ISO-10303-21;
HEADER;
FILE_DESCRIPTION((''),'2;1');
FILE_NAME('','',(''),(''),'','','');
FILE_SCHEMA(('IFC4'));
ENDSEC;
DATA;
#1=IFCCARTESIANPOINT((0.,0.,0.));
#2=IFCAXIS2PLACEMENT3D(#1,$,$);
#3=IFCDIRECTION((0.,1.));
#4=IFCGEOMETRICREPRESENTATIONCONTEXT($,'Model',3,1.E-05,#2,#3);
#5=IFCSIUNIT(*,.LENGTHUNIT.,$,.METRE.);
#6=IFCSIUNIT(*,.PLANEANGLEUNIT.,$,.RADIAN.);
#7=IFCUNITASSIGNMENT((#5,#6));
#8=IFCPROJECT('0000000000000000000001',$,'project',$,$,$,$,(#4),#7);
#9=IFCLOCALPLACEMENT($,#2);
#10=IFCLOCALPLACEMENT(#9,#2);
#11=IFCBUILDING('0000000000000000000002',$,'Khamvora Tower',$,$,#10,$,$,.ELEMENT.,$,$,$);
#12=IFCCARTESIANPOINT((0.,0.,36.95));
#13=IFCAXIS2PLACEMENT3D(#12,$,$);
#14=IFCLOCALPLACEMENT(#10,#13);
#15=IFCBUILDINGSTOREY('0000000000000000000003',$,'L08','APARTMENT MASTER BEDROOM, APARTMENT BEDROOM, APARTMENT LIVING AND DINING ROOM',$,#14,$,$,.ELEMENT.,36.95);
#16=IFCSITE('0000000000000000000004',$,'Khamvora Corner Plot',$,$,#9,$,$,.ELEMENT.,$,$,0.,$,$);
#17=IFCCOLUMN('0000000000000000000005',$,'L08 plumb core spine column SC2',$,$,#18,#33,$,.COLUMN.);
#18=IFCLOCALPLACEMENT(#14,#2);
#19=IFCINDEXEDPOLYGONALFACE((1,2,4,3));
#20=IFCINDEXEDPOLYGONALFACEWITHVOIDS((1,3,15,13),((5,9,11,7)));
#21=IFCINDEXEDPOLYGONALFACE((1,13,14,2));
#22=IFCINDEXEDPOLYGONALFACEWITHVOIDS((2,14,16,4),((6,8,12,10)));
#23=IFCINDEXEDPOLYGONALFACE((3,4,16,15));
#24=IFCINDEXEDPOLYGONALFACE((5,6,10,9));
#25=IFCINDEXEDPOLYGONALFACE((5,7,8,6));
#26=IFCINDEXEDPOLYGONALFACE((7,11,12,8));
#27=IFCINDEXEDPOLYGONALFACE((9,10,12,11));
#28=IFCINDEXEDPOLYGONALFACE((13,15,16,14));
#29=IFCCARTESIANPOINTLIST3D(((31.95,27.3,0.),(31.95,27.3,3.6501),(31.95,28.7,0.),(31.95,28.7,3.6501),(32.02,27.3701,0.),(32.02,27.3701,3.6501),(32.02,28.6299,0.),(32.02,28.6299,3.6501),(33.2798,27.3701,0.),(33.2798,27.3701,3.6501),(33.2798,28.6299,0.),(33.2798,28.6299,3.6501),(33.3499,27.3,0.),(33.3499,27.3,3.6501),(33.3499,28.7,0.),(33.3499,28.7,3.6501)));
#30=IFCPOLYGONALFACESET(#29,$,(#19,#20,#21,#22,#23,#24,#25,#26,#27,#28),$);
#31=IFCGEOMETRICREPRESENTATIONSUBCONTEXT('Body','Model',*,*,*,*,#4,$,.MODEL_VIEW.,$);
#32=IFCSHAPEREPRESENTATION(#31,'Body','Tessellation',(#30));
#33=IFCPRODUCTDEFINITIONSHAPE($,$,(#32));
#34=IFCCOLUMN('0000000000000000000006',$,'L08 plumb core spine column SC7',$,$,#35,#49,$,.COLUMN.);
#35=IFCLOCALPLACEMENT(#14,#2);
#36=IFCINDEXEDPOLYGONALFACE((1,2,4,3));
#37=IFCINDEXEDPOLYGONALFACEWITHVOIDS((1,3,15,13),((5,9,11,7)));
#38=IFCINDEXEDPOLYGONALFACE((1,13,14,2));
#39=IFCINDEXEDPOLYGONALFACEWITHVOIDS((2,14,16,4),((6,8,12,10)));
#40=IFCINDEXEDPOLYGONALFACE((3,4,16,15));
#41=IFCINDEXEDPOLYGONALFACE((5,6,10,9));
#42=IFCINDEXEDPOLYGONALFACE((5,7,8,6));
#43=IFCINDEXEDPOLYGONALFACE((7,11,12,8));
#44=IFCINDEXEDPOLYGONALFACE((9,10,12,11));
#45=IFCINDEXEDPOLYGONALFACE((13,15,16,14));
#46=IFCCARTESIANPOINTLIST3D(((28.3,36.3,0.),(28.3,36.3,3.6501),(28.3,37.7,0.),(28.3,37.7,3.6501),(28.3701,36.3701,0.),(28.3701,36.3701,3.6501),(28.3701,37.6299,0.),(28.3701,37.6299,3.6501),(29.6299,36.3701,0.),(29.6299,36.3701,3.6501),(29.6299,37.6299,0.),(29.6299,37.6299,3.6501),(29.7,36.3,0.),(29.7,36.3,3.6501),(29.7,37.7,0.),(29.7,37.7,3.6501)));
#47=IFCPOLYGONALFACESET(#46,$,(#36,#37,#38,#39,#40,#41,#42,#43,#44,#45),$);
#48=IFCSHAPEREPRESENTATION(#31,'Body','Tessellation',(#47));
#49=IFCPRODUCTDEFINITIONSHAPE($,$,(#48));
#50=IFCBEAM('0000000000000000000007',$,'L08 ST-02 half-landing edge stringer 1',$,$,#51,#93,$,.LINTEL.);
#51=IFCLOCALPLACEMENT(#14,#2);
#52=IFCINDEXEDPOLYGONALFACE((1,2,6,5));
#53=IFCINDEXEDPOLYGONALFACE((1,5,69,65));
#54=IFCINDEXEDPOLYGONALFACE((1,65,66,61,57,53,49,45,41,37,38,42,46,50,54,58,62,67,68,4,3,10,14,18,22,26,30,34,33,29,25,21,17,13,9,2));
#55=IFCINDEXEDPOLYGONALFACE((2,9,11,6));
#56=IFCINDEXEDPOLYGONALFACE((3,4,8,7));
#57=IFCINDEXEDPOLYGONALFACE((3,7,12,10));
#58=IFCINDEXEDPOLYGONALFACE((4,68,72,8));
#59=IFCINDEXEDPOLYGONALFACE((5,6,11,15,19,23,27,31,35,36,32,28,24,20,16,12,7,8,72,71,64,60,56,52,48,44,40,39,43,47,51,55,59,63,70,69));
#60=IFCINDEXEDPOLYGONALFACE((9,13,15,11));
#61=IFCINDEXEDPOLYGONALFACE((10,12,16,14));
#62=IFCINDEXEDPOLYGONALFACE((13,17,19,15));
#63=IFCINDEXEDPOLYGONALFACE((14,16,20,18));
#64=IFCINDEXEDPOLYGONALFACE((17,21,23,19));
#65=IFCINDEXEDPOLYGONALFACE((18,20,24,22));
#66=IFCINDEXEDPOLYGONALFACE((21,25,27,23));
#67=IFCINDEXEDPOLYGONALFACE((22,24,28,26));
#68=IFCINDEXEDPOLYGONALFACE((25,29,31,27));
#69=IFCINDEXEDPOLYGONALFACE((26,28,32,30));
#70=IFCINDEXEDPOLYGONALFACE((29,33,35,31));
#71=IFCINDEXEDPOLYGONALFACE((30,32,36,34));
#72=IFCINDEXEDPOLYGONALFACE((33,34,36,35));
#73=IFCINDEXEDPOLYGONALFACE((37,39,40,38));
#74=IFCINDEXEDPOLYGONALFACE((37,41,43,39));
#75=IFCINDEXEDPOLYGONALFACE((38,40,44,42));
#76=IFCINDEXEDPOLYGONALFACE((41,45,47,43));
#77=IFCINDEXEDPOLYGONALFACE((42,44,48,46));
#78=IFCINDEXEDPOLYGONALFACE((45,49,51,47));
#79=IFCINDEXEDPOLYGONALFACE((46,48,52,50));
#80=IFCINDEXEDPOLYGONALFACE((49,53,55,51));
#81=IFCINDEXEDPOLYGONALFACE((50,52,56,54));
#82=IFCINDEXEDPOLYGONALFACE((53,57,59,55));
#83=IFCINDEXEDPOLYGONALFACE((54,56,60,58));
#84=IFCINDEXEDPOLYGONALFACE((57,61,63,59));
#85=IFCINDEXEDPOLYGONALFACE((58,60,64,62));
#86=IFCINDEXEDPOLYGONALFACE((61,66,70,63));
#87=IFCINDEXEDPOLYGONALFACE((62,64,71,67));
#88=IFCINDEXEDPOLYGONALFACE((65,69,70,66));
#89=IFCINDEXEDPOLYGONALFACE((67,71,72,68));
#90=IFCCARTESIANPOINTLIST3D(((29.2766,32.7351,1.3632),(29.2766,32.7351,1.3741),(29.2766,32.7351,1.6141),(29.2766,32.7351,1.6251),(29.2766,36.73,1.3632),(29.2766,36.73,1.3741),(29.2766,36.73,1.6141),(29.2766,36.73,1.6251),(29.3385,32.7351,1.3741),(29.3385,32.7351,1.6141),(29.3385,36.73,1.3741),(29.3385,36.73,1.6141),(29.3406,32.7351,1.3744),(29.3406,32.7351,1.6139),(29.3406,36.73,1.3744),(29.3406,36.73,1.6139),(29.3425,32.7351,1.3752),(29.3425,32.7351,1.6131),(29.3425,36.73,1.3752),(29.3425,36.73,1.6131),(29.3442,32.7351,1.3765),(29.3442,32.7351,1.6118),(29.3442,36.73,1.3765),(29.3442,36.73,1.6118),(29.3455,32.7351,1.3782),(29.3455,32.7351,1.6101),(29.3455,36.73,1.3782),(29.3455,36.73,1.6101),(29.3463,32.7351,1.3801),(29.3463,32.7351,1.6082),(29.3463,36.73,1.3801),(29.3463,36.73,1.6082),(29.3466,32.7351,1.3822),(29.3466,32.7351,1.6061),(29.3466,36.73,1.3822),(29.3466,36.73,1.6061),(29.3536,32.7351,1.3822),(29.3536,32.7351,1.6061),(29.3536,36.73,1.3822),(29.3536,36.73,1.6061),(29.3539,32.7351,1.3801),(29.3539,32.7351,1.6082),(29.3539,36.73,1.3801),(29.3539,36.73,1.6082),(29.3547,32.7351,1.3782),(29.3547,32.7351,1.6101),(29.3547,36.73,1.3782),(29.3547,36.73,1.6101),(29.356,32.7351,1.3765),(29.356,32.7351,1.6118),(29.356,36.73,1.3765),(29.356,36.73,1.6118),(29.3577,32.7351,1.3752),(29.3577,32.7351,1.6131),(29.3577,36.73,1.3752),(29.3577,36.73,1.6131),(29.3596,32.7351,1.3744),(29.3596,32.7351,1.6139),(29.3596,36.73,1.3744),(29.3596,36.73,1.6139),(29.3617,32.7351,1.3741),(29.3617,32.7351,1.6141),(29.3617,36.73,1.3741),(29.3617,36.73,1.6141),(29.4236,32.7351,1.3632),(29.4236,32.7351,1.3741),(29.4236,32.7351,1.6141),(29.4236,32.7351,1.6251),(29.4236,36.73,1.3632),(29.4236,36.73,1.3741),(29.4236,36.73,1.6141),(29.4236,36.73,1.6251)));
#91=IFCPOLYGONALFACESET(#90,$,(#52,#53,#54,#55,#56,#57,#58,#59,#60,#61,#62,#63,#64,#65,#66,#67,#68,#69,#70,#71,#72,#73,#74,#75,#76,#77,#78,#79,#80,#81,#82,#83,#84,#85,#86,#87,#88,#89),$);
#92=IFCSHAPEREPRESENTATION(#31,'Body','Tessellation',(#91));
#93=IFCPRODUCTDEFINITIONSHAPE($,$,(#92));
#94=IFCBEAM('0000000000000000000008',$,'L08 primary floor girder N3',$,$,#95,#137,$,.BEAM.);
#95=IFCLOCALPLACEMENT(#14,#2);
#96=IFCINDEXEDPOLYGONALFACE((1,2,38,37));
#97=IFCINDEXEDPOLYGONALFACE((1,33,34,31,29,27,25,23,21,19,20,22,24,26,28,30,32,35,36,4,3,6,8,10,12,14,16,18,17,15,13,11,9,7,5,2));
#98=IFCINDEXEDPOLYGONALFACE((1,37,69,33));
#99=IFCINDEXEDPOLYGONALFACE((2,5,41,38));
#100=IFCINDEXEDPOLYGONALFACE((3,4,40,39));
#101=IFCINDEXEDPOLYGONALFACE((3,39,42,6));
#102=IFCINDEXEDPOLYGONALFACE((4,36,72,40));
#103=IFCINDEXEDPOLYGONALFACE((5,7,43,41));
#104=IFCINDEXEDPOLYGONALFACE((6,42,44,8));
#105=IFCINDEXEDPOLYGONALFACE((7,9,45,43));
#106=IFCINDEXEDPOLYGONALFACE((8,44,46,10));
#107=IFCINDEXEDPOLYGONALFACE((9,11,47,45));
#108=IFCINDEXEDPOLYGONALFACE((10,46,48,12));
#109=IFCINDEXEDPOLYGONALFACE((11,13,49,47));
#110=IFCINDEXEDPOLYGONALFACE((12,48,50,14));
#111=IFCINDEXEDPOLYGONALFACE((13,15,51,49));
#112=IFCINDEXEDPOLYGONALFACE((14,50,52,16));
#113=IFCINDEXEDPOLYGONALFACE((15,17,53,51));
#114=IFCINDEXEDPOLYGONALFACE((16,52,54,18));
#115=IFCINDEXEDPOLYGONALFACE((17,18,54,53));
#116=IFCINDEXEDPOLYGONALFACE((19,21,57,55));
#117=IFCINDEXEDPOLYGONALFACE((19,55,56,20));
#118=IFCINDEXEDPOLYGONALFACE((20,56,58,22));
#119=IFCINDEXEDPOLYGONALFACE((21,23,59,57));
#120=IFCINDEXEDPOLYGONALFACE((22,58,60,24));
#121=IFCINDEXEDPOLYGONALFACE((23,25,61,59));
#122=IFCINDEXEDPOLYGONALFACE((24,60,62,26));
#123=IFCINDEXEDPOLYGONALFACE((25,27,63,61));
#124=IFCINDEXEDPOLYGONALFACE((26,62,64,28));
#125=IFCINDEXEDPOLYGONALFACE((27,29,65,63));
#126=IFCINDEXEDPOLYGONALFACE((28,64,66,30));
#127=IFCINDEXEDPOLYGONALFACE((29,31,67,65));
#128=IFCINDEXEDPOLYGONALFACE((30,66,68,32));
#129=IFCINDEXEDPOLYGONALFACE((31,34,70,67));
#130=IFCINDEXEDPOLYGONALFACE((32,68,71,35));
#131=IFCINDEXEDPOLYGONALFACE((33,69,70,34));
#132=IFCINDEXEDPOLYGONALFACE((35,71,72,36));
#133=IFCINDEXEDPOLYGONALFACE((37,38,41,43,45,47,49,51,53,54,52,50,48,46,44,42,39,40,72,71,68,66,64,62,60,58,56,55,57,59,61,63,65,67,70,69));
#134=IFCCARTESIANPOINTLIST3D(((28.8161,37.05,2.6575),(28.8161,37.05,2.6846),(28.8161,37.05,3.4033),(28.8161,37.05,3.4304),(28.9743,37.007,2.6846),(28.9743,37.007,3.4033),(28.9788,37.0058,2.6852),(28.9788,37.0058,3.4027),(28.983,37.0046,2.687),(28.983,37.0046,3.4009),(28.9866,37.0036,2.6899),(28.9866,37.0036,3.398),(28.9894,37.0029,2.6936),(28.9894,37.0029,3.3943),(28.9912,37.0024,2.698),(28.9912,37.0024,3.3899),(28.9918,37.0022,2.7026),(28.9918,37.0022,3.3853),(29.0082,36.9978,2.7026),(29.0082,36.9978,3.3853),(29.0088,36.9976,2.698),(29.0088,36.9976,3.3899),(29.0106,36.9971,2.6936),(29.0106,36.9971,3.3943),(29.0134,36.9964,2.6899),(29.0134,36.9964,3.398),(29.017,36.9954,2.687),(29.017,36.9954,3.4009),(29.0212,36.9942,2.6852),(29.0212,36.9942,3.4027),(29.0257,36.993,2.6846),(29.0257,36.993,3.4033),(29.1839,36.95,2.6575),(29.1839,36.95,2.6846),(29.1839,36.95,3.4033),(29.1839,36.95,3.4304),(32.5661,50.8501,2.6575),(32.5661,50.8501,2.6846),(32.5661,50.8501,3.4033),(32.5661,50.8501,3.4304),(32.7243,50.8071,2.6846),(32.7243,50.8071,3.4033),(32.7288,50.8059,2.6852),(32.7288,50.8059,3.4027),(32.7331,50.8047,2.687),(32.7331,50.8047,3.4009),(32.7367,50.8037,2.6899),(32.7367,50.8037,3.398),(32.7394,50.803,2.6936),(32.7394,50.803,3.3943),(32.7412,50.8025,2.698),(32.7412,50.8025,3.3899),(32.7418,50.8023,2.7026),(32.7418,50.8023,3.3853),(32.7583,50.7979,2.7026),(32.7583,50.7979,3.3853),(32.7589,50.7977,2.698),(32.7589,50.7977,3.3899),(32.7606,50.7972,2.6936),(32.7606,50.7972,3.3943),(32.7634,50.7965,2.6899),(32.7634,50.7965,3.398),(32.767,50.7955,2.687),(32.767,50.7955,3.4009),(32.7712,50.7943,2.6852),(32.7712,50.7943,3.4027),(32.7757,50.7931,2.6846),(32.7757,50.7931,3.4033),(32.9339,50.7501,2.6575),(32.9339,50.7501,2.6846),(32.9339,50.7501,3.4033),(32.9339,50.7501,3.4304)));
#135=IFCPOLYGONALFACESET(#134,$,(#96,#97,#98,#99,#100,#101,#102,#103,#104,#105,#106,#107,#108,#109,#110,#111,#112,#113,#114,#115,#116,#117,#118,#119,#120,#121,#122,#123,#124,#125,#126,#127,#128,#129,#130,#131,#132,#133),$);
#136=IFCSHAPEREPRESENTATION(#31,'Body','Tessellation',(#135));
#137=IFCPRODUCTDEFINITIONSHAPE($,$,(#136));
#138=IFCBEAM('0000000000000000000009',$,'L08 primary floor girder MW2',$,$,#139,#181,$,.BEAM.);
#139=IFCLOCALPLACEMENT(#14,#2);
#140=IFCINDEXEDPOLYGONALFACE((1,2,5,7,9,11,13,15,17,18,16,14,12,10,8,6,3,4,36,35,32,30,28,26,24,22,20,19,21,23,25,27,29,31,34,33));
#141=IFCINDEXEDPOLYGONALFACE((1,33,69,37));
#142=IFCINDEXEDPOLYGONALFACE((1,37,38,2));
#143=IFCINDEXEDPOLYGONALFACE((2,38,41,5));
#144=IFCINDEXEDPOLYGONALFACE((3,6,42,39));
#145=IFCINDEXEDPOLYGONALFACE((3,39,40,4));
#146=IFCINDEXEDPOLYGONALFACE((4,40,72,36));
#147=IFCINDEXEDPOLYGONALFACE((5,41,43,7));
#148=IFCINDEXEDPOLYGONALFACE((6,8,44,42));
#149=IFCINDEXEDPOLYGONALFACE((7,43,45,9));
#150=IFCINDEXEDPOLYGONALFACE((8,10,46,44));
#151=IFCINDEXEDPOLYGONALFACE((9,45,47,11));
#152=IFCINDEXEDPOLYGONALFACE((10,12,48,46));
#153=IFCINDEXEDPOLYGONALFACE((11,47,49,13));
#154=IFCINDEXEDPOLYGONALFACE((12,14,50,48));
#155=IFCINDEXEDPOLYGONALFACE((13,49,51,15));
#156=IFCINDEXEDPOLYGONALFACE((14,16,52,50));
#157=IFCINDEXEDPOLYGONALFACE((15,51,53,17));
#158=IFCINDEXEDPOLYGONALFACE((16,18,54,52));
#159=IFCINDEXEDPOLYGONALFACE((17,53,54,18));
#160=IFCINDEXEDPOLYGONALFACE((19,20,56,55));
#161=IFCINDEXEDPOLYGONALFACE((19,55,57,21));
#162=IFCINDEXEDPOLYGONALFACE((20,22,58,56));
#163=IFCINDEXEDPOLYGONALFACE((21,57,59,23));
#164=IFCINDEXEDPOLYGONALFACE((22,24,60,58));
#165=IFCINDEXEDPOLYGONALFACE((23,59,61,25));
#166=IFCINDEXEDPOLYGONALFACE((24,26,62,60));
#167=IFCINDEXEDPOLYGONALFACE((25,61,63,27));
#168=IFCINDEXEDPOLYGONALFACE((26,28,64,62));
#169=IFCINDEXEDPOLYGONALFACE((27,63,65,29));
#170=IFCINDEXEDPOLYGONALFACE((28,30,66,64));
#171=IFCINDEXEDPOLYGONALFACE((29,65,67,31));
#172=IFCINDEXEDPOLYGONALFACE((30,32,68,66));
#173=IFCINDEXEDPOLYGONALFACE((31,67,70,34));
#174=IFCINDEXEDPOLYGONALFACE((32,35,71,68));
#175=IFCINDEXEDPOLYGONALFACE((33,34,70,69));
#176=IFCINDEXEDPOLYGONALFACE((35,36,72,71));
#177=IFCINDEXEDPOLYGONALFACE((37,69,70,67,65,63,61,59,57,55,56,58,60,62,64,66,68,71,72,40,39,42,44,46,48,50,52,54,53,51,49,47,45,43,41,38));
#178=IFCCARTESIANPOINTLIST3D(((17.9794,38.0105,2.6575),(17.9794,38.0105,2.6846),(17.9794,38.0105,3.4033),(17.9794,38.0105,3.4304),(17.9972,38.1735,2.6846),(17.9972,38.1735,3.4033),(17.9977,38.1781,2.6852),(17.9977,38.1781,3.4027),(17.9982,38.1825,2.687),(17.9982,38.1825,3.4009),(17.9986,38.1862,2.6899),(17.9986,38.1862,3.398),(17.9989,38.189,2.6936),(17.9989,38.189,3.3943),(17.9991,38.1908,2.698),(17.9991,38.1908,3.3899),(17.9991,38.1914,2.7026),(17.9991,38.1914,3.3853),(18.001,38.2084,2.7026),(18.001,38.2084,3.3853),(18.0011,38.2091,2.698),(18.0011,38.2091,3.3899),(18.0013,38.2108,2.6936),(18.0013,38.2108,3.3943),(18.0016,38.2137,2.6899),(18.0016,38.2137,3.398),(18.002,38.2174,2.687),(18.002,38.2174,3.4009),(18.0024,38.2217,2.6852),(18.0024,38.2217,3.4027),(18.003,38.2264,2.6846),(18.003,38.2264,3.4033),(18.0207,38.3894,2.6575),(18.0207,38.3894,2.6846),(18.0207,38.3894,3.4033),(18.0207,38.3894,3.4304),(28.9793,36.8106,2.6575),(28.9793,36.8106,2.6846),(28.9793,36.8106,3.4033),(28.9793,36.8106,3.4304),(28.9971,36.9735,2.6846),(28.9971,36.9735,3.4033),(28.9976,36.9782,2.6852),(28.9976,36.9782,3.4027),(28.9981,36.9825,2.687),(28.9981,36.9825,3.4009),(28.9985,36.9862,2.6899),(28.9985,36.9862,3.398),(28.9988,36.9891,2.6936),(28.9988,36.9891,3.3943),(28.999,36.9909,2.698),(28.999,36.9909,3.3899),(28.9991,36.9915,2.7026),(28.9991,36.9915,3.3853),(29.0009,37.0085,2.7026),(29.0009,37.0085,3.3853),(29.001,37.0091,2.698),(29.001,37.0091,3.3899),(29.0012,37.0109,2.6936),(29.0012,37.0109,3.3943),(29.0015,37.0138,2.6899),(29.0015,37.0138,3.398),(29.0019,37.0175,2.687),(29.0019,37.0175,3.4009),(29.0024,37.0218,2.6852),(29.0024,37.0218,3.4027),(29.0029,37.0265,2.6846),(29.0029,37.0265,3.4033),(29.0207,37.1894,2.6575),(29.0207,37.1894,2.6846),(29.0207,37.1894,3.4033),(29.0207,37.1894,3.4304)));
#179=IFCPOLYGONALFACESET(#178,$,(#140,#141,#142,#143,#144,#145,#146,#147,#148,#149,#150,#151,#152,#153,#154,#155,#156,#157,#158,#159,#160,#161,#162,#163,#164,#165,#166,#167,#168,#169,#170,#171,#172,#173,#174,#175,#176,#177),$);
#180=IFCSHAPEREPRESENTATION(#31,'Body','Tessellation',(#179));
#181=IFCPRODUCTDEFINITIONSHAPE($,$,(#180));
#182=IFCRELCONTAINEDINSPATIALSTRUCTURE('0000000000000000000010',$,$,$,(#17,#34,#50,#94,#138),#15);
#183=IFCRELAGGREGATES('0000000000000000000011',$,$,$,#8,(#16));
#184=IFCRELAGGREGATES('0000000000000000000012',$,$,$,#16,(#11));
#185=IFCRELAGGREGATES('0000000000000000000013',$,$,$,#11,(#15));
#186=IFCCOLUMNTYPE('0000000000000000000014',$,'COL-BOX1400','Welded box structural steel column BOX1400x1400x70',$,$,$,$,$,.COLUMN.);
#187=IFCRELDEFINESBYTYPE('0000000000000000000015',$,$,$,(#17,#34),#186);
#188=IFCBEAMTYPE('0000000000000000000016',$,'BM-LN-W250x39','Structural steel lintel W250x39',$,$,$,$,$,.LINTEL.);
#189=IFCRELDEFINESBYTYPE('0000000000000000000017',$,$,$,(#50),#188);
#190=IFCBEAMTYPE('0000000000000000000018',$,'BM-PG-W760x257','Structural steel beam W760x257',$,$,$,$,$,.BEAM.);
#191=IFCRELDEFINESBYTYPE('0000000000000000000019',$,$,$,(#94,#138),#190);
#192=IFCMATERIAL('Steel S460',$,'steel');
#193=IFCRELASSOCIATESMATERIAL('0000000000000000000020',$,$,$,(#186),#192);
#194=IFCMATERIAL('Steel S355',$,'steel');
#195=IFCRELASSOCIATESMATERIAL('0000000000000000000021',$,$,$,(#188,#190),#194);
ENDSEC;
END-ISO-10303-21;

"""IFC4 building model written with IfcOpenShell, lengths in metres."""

from ifc_helpers import new_model, si_unit, direction, frame, origin, origin_2d, place, context, subcontext, project, spatial, hollow_rectangle, i_section, extrude, material, material_profile, profile_set, type_object, element, save


model = new_model("IFC4")

# Units and contexts
model_context = context("Model", 3, precision=1e-05, world=origin(), true_north=direction((0.0, 1.0)))
body_context = subcontext(model_context, "Body", "Model", "MODEL_VIEW")
ifc_project = project(units=[si_unit("LENGTHUNIT", "METRE"), si_unit("PLANEANGLEUNIT", "RADIAN")], contexts=[model_context])

# Site, building, storey
site_placement = place(None, origin())
site = spatial("IfcSite", under=ifc_project, at=site_placement, Name="Khamvora Corner Plot", CompositionType="ELEMENT", RefElevation=0.0)
building_placement = place(site_placement, origin())
building = spatial("IfcBuilding", under=site, at=building_placement, Name="Khamvora Tower", CompositionType="ELEMENT")
storey_placement = place(building_placement, frame((0.0, 0.0, 36.95)))
storey = spatial("IfcBuildingStorey", under=building, at=storey_placement, Name="L08", Description="APARTMENT MASTER BEDROOM, APARTMENT BEDROOM, APARTMENT LIVING AND DINING ROOM", CompositionType="ELEMENT", Elevation=36.95)

# Columns
ifc_material_1 = material(Name="Steel S460", Category="steel")
ifc_material_profile_1 = material_profile(ifc_material_1, hollow_rectangle(XDim=1.3999, YDim=1.3999, WallThickness=0.0701, at=origin_2d()), Name="BOX1400x1400x70")
ifc_profile_set_1 = profile_set([ifc_material_profile_1], Name="Steel S460")
column_type = type_object("IfcColumnType", Name="COL-BOX1400", Description="Welded box structural steel column BOX1400x1400x70", PredefinedType="COLUMN", material=ifc_profile_set_1)
for number, where, z_axis, x_axis, name in (
    (1, (32.6499, 28.0, 0.0), (0.0, 0.0, 1.0), (1.0, 0.0, 0.0), "L08 plumb core spine column SC2"),
    (2, (29.0, 37.0, 0.0), (0.0, 0.0, 1.0), (1.0, 0.0, 0.0), "L08 plumb core spine column SC7"),
):
    element("IfcColumn", number, at=place(storey_placement, frame(where, z_axis=z_axis, x_axis=x_axis)), inside=storey, type_object=column_type, Name=name, PredefinedType="COLUMN", context=body_context, shape_type="SweptSolid", body=[
        extrude(hollow_rectangle(XDim=1.3999, YDim=1.3999, WallThickness=0.0701, at=origin_2d()), origin(), (0.0, 0.0, 1.0), 3.6501),
    ])

# Beams
ifc_material_2 = material(Name="Steel S355", Category="steel")
ifc_material_profile_2 = material_profile(ifc_material_2, i_section(OverallWidth=0.147, OverallDepth=0.262, WebThickness=0.0071, FlangeThickness=0.011, FilletRadius=0.0081, at=origin_2d()), Name="W250x39")
ifc_profile_set_2 = profile_set([ifc_material_profile_2], Name="Steel S355")
beam_type_1 = type_object("IfcBeamType", Name="BM-LN-W250x39", Description="Structural steel lintel W250x39", PredefinedType="LINTEL", material=ifc_profile_set_2)
beam_1_placement = place(storey_placement, frame((29.3501, 32.7351, 1.4941), z_axis=(0.0, 1.0, 0.0), x_axis=(-1.0, 0.0, 0.0)))
element("IfcBeam", 3, at=beam_1_placement, inside=storey, type_object=beam_type_1, Name="L08 ST-02 half-landing edge stringer 1", PredefinedType="LINTEL", context=body_context, shape_type="SweptSolid", body=[
    extrude(i_section(OverallWidth=0.147, OverallDepth=0.262, WebThickness=0.0071, FlangeThickness=0.011, FilletRadius=0.0081, at=origin_2d()), origin(), (0.0, 0.0, 1.0), 3.9949),
])
ifc_material_profile_3 = material_profile(ifc_material_2, i_section(OverallWidth=0.3811, OverallDepth=0.7729, WebThickness=0.0171, FlangeThickness=0.0271, FilletRadius=0.0181, at=origin_2d()), Name="W760x257")
ifc_profile_set_3 = profile_set([ifc_material_profile_3], Name="Steel S355")
beam_type_2 = type_object("IfcBeamType", Name="BM-PG-W760x257", Description="Structural steel beam W760x257", PredefinedType="BEAM", material=ifc_profile_set_3)
beam_2_placement = place(storey_placement, frame((29.0, 37.0, 3.0439), z_axis=(0.262229, 0.965006, 0.0), x_axis=(-0.965006, 0.262229, 0.0)))
element("IfcBeam", 4, at=beam_2_placement, inside=storey, type_object=beam_type_2, Name="L08 primary floor girder N3", PredefinedType="BEAM", context=body_context, shape_type="SweptSolid", body=[
    extrude(i_section(OverallWidth=0.3811, OverallDepth=0.7729, WebThickness=0.0171, FlangeThickness=0.0271, FilletRadius=0.0181, at=origin_2d()), origin(), (0.0, 0.0, 1.0), 14.3005),
])
beam_3_placement = place(storey_placement, frame((29.0, 37.0, 3.0439), z_axis=(-0.994103, 0.108443, 0.0), x_axis=(-0.108443, -0.994103, 0.0)))
element("IfcBeam", 5, at=beam_3_placement, inside=storey, type_object=beam_type_2, Name="L08 primary floor girder MW2", PredefinedType="BEAM", context=body_context, shape_type="SweptSolid", body=[
    extrude(i_section(OverallWidth=0.3811, OverallDepth=0.7729, WebThickness=0.0171, FlangeThickness=0.0271, FilletRadius=0.0181, at=origin_2d()), origin(), (0.0, 0.0, 1.0), 11.0652),
])

save(model, "model.ifc")
